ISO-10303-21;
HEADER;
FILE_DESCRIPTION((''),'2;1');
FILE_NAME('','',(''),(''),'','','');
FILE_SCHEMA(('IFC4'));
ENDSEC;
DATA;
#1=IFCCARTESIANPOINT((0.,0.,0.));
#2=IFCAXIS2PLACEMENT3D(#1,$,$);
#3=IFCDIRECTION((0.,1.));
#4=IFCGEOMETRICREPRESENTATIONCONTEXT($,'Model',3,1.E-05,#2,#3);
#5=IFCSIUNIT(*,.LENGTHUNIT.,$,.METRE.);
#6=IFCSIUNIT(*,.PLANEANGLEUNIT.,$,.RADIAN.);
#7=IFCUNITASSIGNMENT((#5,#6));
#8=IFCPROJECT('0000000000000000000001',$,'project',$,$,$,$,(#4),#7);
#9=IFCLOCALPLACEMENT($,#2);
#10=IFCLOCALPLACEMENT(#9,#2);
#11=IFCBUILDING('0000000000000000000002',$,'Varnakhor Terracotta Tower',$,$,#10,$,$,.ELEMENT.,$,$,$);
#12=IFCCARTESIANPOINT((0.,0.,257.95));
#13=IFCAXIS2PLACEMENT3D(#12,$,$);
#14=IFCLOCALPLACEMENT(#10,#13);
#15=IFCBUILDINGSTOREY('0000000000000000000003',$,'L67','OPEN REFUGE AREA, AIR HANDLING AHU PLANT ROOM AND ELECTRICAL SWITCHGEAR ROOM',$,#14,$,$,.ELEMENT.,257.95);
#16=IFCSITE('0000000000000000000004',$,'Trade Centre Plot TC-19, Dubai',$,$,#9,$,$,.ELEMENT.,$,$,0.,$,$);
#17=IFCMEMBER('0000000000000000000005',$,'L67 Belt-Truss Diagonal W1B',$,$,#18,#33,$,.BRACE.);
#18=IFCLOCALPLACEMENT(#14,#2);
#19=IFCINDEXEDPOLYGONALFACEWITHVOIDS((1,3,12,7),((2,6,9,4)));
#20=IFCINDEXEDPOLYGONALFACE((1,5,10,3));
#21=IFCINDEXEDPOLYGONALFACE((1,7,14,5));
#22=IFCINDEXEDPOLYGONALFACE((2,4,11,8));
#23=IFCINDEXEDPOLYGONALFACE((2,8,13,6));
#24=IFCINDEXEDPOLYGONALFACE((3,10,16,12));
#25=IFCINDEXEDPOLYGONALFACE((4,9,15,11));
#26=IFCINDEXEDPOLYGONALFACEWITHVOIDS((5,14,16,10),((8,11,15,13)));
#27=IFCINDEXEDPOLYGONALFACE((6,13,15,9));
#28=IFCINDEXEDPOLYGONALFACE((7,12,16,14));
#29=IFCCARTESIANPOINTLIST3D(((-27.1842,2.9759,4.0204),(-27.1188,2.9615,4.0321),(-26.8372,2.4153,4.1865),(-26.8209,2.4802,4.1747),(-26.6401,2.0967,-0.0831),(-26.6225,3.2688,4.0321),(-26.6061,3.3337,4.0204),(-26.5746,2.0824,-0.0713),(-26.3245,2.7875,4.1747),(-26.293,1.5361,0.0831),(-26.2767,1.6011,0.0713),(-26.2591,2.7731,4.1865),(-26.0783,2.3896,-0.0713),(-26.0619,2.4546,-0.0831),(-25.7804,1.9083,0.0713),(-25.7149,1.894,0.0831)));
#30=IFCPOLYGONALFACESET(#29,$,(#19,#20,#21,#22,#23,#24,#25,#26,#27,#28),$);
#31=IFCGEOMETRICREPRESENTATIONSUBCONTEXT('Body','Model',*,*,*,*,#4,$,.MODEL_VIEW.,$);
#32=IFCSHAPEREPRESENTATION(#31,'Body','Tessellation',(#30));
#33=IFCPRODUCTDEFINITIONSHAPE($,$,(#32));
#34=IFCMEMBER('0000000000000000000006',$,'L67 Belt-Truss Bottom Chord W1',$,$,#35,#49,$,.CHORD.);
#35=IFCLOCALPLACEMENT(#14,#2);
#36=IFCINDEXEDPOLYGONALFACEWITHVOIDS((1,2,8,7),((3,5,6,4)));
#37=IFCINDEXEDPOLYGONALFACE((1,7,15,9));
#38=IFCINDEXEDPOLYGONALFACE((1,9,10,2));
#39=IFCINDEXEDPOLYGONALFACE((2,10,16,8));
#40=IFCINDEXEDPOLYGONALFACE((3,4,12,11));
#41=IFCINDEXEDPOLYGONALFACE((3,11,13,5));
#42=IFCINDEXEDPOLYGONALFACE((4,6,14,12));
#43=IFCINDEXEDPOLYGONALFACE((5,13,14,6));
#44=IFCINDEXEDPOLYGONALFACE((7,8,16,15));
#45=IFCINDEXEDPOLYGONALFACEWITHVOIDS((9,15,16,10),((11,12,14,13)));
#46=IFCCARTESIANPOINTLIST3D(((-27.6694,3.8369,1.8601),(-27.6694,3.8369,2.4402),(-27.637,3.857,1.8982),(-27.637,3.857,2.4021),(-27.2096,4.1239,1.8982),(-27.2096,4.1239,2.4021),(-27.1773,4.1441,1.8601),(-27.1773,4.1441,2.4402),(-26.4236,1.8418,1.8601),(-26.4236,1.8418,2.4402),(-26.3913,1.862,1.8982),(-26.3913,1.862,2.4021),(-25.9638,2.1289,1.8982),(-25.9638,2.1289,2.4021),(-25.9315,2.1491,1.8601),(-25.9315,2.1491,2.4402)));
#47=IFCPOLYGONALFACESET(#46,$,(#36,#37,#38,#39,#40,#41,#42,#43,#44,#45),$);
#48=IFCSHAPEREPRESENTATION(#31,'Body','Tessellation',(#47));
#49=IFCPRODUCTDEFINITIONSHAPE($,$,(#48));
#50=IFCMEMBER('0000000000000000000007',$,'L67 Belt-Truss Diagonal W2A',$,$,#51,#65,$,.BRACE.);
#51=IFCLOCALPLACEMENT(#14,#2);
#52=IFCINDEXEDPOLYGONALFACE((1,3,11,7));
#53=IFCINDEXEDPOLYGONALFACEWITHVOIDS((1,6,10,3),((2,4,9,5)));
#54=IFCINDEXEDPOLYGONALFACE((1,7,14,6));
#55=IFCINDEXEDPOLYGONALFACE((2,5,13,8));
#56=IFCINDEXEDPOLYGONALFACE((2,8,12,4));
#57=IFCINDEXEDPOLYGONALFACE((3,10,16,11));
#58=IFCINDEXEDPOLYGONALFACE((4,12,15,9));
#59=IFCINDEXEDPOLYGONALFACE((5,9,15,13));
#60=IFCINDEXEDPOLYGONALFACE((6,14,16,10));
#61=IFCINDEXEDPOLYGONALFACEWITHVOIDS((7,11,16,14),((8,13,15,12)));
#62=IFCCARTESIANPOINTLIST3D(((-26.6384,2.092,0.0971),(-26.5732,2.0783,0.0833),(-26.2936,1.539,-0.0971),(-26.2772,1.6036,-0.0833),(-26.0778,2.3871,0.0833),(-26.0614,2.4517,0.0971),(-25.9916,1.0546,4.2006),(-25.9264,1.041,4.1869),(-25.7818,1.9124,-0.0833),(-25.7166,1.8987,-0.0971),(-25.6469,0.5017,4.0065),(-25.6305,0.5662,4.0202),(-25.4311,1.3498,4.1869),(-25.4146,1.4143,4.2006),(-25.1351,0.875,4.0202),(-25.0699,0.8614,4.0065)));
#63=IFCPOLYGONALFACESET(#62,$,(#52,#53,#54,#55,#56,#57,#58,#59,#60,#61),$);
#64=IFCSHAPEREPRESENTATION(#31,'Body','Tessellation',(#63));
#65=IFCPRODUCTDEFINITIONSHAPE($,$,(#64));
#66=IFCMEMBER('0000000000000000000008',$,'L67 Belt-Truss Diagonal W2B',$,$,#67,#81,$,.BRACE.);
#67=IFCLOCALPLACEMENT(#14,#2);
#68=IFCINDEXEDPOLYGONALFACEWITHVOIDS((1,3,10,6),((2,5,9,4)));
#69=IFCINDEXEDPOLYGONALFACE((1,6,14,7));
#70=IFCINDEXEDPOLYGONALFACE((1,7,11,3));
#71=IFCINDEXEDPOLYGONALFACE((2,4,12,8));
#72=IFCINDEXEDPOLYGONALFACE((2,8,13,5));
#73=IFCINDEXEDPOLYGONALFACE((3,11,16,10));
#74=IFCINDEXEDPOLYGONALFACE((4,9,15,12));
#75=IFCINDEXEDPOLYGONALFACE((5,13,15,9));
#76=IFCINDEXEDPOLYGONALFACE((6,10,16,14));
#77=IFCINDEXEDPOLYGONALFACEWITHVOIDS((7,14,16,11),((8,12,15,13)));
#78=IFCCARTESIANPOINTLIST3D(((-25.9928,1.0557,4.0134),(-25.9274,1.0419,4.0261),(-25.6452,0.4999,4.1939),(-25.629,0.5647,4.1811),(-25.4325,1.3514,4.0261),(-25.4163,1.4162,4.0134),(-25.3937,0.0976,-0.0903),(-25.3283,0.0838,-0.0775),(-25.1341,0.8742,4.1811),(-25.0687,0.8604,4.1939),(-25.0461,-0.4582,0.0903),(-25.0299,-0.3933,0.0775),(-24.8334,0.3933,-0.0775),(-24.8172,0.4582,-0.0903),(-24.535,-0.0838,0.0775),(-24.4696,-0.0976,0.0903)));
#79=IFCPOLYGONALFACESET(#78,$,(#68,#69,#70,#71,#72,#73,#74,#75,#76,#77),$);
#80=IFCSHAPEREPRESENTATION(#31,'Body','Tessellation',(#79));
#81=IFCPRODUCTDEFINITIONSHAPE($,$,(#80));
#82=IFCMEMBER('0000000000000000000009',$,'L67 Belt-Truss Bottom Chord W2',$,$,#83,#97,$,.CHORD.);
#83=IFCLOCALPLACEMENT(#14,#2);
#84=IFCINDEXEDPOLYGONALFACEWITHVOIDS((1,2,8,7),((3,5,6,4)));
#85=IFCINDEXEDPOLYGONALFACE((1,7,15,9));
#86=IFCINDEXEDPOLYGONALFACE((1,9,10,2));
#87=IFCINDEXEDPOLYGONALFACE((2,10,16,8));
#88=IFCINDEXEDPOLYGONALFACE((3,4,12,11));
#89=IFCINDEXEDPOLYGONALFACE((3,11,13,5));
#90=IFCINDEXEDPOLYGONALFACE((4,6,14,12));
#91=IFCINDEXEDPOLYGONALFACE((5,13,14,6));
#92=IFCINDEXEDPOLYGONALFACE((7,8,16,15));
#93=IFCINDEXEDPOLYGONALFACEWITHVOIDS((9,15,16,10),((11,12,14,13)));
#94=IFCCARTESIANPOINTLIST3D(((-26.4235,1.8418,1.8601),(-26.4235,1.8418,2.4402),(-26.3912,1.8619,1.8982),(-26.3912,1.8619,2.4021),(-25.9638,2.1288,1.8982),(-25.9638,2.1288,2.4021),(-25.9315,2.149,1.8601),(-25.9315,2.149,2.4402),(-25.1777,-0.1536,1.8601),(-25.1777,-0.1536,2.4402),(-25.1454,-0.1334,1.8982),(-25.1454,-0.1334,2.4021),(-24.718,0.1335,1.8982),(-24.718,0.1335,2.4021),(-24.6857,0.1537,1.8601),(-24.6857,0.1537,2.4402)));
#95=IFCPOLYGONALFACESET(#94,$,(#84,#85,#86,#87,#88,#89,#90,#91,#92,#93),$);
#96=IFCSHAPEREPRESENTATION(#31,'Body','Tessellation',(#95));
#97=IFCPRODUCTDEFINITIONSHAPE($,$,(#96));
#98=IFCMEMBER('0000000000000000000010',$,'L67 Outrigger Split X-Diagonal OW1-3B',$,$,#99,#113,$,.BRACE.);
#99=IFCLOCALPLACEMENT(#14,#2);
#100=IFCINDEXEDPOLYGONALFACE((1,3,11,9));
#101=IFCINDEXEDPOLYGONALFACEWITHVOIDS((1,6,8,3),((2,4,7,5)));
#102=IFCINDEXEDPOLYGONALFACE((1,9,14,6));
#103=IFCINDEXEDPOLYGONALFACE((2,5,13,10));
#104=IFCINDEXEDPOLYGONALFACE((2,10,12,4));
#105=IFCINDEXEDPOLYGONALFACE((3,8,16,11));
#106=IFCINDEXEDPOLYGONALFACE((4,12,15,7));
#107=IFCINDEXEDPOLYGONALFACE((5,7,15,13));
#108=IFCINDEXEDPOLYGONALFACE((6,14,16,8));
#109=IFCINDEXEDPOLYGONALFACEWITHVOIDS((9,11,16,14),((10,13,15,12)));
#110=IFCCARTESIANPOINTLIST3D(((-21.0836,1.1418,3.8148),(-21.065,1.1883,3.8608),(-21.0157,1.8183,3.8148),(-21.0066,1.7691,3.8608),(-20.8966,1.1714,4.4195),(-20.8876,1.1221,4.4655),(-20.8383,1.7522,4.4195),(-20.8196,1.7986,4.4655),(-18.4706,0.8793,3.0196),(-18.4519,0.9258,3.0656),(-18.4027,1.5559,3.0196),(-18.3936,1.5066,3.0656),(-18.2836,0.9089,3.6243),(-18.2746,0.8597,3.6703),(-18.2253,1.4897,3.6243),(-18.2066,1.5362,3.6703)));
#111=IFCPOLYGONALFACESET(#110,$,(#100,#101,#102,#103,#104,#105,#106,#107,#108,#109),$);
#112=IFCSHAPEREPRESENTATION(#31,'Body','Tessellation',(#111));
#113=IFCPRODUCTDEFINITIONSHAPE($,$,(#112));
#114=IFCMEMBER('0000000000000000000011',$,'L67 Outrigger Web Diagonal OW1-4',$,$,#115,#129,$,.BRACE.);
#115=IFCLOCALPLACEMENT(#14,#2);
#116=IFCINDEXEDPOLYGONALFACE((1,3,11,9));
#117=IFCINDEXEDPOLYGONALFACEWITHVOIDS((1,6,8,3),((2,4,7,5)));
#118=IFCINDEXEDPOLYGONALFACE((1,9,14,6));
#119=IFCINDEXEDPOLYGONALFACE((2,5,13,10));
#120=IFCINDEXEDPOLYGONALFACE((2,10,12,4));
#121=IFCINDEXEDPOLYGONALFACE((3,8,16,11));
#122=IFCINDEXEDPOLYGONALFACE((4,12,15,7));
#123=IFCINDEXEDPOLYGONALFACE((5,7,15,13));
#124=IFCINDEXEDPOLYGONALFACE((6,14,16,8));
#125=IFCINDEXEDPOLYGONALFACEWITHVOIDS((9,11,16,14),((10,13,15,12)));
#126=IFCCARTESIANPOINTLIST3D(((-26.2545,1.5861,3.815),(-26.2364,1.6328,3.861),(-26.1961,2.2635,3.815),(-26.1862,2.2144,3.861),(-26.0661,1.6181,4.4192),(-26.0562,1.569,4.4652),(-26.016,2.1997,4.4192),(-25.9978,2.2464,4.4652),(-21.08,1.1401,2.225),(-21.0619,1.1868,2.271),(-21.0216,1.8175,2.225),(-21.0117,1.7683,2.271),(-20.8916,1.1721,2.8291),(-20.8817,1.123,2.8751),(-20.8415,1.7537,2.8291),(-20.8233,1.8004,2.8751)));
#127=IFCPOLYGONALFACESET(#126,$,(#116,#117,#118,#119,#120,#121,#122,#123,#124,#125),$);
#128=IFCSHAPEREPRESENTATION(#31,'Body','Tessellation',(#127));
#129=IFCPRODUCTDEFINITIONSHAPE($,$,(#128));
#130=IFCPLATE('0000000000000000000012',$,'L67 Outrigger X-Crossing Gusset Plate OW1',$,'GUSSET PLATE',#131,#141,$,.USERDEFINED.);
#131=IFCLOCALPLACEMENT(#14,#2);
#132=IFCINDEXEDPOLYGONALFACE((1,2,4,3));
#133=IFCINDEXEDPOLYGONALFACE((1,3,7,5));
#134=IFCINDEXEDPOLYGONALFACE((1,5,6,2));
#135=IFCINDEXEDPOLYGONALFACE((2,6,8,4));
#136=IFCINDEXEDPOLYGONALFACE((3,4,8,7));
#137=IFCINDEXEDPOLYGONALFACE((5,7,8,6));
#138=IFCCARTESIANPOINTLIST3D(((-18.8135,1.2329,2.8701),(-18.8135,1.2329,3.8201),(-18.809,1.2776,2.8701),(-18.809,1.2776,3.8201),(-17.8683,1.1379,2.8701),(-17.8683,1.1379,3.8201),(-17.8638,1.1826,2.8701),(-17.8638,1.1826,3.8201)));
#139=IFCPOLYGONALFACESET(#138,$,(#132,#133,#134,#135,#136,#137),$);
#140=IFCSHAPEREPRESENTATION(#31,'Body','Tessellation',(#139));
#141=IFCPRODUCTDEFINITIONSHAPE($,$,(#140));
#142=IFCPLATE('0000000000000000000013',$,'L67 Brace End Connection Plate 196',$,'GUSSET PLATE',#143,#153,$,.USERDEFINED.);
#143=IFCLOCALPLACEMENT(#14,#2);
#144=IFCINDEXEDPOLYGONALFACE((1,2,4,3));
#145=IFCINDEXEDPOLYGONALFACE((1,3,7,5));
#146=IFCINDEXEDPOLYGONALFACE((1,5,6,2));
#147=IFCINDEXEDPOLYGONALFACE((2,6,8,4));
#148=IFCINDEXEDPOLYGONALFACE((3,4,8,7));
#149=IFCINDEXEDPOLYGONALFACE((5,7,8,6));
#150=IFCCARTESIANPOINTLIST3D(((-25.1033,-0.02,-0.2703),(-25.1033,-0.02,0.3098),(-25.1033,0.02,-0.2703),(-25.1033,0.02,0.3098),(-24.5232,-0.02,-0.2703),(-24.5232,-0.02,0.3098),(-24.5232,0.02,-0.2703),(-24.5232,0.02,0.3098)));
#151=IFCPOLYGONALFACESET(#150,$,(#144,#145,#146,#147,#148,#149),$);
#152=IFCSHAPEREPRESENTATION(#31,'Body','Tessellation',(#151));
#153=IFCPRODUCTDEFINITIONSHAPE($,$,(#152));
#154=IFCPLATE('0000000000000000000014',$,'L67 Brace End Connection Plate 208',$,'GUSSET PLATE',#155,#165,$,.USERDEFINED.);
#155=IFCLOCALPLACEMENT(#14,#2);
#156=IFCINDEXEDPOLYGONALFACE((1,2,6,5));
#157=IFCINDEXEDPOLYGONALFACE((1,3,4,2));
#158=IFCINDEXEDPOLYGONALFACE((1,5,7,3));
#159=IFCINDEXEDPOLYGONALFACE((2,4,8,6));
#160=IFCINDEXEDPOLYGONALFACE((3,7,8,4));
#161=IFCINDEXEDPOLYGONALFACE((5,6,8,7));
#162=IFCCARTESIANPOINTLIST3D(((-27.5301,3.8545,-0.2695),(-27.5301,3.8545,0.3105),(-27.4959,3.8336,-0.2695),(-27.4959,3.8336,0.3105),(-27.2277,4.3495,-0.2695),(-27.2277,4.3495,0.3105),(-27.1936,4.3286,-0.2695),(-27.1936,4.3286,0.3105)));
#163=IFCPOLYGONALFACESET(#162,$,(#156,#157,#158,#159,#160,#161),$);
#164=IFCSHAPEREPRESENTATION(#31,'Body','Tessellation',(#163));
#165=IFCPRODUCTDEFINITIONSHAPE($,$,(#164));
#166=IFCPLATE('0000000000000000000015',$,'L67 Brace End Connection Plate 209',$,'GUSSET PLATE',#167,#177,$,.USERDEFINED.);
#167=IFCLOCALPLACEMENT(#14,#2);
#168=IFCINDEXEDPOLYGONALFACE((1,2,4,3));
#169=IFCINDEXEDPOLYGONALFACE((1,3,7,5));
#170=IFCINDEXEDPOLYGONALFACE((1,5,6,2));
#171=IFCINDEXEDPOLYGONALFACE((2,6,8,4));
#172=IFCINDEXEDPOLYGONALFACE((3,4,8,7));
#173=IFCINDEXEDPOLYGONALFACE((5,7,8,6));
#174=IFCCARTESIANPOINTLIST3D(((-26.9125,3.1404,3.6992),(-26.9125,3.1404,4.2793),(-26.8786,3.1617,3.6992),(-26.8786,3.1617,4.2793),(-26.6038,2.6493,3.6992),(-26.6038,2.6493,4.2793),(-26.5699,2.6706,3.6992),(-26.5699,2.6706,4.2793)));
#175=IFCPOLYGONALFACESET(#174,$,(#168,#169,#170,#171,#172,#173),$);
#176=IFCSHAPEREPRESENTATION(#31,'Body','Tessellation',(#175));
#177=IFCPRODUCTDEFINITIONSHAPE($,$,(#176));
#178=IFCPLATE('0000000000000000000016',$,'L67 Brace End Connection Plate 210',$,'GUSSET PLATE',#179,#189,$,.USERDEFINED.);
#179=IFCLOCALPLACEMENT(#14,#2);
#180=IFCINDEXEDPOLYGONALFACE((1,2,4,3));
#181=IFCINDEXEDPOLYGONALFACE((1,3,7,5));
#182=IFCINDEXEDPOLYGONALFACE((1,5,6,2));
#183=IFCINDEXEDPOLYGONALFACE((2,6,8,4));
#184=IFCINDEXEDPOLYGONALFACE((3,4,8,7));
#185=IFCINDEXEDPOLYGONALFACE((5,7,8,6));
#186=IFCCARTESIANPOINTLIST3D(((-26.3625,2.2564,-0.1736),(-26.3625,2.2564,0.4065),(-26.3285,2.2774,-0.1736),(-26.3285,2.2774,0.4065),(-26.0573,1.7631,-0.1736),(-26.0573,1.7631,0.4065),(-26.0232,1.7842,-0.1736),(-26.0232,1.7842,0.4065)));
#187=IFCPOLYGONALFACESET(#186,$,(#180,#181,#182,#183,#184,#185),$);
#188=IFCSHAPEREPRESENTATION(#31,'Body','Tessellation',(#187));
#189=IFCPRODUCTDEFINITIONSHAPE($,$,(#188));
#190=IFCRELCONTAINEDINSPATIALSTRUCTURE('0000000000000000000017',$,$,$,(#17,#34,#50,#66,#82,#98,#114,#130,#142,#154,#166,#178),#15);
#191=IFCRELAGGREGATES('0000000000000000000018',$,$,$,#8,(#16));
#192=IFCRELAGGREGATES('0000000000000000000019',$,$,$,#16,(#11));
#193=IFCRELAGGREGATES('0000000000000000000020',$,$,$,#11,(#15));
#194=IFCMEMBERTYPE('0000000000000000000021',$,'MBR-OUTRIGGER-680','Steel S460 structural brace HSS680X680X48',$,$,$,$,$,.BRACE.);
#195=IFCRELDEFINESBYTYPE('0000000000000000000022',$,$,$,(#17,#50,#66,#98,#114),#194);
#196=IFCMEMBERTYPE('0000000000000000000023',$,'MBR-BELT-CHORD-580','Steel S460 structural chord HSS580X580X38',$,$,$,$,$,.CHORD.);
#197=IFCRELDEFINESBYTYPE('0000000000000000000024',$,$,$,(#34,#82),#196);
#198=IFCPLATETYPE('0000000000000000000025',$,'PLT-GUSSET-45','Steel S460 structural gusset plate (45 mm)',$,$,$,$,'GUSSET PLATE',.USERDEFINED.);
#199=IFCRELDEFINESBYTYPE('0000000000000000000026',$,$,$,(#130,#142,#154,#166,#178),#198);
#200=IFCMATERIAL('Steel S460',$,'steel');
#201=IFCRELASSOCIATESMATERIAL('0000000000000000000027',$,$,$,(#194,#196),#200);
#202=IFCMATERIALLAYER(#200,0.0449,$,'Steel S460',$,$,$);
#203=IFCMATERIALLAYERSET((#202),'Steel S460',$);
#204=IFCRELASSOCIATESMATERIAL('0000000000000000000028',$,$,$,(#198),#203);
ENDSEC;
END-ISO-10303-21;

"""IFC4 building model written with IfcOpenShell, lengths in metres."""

from ifc_helpers import new_model, si_unit, direction, frame, origin, origin_2d, place, context, subcontext, project, spatial, rectangle, hollow_rectangle, extrude, source, transform, mapped, material, layer, layer_set, material_profile, profile_set, type_object, type_shapes, element, save


model = new_model("IFC4")

# Units and contexts
model_context = context("Model", 3, precision=1e-05, world=origin(), true_north=direction((0.0, 1.0)))
body_context = subcontext(model_context, "Body", "Model", "MODEL_VIEW")
ifc_project = project(units=[si_unit("LENGTHUNIT", "METRE"), si_unit("PLANEANGLEUNIT", "RADIAN")], contexts=[model_context])

# Site, building, storey
site_placement = place(None, origin())
site = spatial("IfcSite", under=ifc_project, at=site_placement, Name="Trade Centre Plot TC-19, Dubai", CompositionType="ELEMENT", RefElevation=0.0)
building_placement = place(site_placement, origin())
building = spatial("IfcBuilding", under=site, at=building_placement, Name="Varnakhor Terracotta Tower", CompositionType="ELEMENT")
storey_placement = place(building_placement, frame((0.0, 0.0, 257.95)))
storey = spatial("IfcBuildingStorey", under=building, at=storey_placement, Name="L67", Description="OPEN REFUGE AREA, AIR HANDLING AHU PLANT ROOM AND ELECTRICAL SWITCHGEAR ROOM", CompositionType="ELEMENT", Elevation=257.95)

# Shared definitions
ifc_material_1 = material(Name="Steel S460", Category="steel")

# Members
ifc_material_profile_1 = material_profile(ifc_material_1, hollow_rectangle(XDim=0.6799, YDim=0.6799, WallThickness=0.0481, at=origin_2d()), Name="HSS680X680X48")
ifc_profile_set_1 = profile_set([ifc_material_profile_1], Name="Steel S460")
member_type_1 = type_object("IfcMemberType", Name="MBR-OUTRIGGER-680", Description="Steel S460 structural brace HSS680X680X48", PredefinedType="BRACE", material=ifc_profile_set_1)
ifc_material_profile_2 = material_profile(ifc_material_1, hollow_rectangle(XDim=0.5801, YDim=0.5801, WallThickness=0.0381, at=origin_2d()), Name="HSS580X580X38")
ifc_profile_set_2 = profile_set([ifc_material_profile_2], Name="Steel S460")
member_type_2 = type_object("IfcMemberType", Name="MBR-BELT-CHORD-580", Description="Steel S460 structural chord HSS580X580X38", PredefinedType="CHORD", material=ifc_profile_set_2)
shared_shape_1 = source(origin(), body_context, "Body", "SweptSolid", [
    extrude(hollow_rectangle(XDim=0.6799, YDim=0.6799, WallThickness=0.0481, at=origin_2d()), origin(), (0.0, 0.0, 1.0), 4.2317),
])
member_1_placement = place(storey_placement, frame((-26.1775, 1.9954, 0.0), z_axis=(-0.128596, 0.20775, 0.969692), x_axis=(-0.850285, -0.526322, 0.0)))
element("IfcMember", 1, at=member_1_placement, inside=storey, type_object=member_type_1, Name="L67 Belt-Truss Diagonal W1B", PredefinedType="BRACE", context=body_context, shape_type="MappedRepresentation", body=[
    mapped(shared_shape_1, transform((0.0, 0.0, 0.0), scale=1.0)),
])
shared_shape_2 = source(origin(), body_context, "Body", "SweptSolid", [
    extrude(hollow_rectangle(XDim=0.5801, YDim=0.5801, WallThickness=0.0381, at=origin_2d()), origin(), (0.0, 0.0, 1.0), 2.3521),
])
member_2_placement = place(storey_placement, frame((-27.4233, 3.9905, 2.1501), z_axis=(0.529663, -0.848208, 0.0), x_axis=(0.848208, 0.529663, 0.0)))
element("IfcMember", 2, at=member_2_placement, inside=storey, type_object=member_type_2, Name="L67 Belt-Truss Bottom Chord W1", PredefinedType="CHORD", context=body_context, shape_type="MappedRepresentation", body=[
    mapped(shared_shape_2, transform((0.0, 0.0, 0.0), scale=1.0)),
])
shared_shape_3 = source(origin(), body_context, "Body", "SweptSolid", [
    extrude(hollow_rectangle(XDim=0.6799, YDim=0.6799, WallThickness=0.0481, at=origin_2d()), origin(), (0.0, 0.0, 1.0), 4.2817),
])
member_3_placement = place(storey_placement, frame((-26.1775, 1.9954, 0.0), z_axis=(0.151044, -0.242274, 0.958378), x_axis=(0.848592, 0.529047, 0.0)))
element("IfcMember", 3, at=member_3_placement, inside=storey, type_object=member_type_1, Name="L67 Belt-Truss Diagonal W2A", PredefinedType="BRACE", context=body_context, shape_type="MappedRepresentation", body=[
    mapped(shared_shape_3, transform((0.0, 0.0, 0.0), scale=1.0)),
])
shared_shape_4 = source(origin(), body_context, "Body", "SweptSolid", [
    extrude(hollow_rectangle(XDim=0.6799, YDim=0.6799, WallThickness=0.0481, at=origin_2d()), origin(), (0.0, 0.0, 1.0), 4.2563),
])
member_4_placement = place(storey_placement, frame((-24.9316, 0.0, 0.0), z_axis=(-0.140763, 0.225083, 0.964118), x_axis=(-0.847853, -0.530232, 0.0)))
element("IfcMember", 4, at=member_4_placement, inside=storey, type_object=member_type_1, Name="L67 Belt-Truss Diagonal W2B", PredefinedType="BRACE", context=body_context, shape_type="MappedRepresentation", body=[
    mapped(shared_shape_4, transform((0.0, 0.0, 0.0), scale=1.0)),
])
shared_shape_5 = source(origin(), body_context, "Body", "SweptSolid", [
    extrude(hollow_rectangle(XDim=0.5801, YDim=0.5801, WallThickness=0.0381, at=origin_2d()), origin(), (0.0, 0.0, 1.0), 2.3523),
])
member_5_placement = place(storey_placement, frame((-26.1775, 1.9954, 2.1501), z_axis=(0.529616, -0.848237, 0.0), x_axis=(0.848237, 0.529616, 0.0)))
element("IfcMember", 5, at=member_5_placement, inside=storey, type_object=member_type_2, Name="L67 Belt-Truss Bottom Chord W2", PredefinedType="CHORD", context=body_context, shape_type="MappedRepresentation", body=[
    mapped(shared_shape_5, transform((0.0, 0.0, 0.0), scale=1.0)),
])
shared_shape_6 = source(origin(), body_context, "Body", "SweptSolid", [
    extrude(hollow_rectangle(XDim=0.6799, YDim=0.6799, WallThickness=0.0481, at=origin_2d()), origin(), (0.0, 0.0, 1.0), 2.7439),
])
member_6_placement = place(storey_placement, frame((-18.3386, 1.2078, 3.345), z_axis=(-0.952299, 0.095648, 0.289791), x_axis=(-0.099936, -0.994994, 0.0)))
element("IfcMember", 6, at=member_6_placement, inside=storey, type_object=member_type_1, Name="L67 Outrigger Split X-Diagonal OW1-3B", PredefinedType="BRACE", context=body_context, shape_type="MappedRepresentation", body=[
    mapped(shared_shape_6, transform((0.0, 0.0, 0.0), scale=1.0)),
])
shared_shape_7 = source(origin(), body_context, "Body", "SweptSolid", [
    extrude(hollow_rectangle(XDim=0.6799, YDim=0.6799, WallThickness=0.0481, at=origin_2d()), origin(), (0.0, 0.0, 1.0), 5.4316),
])
member_7_placement = place(storey_placement, frame((-20.9517, 1.4702, 2.55), z_axis=(-0.952659, 0.082119, 0.292742), x_axis=(-0.085881, -0.996305, 0.0)))
element("IfcMember", 7, at=member_7_placement, inside=storey, type_object=member_type_1, Name="L67 Outrigger Web Diagonal OW1-4", PredefinedType="BRACE", context=body_context, shape_type="MappedRepresentation", body=[
    mapped(shared_shape_7, transform((0.0, 0.0, 0.0), scale=1.0)),
])

# Plates
ifc_layer = layer(ifc_material_1, 0.0449, Name="Steel S460")
ifc_layer_set = layer_set([ifc_layer], Name="Steel S460")
plate_type = type_object("IfcPlateType", Name="PLT-GUSSET-45", Description="Steel S460 structural gusset plate (45 mm)", ElementType="GUSSET PLATE", PredefinedType="USERDEFINED", material=ifc_layer_set)
shared_shape_8 = source(origin(), body_context, "Body", "SweptSolid", [
    extrude(rectangle(XDim=0.95, YDim=0.0449, at=origin_2d()), origin(), (0.0, 0.0, 1.0), 0.95),
])
type_shapes(plate_type, [shared_shape_8])
plate_placement = place(storey_placement, frame((-18.3386, 1.2078, 2.8701), z_axis=(0.0, 0.0, 1.0), x_axis=(-0.994989, 0.09998, 0.0)))
element("IfcPlate", 8, at=plate_placement, inside=storey, type_object=plate_type, Name="L67 Outrigger X-Crossing Gusset Plate OW1", ObjectType="GUSSET PLATE", PredefinedType="USERDEFINED", context=body_context, shape_type="MappedRepresentation", body=[
    mapped(shared_shape_8, transform((0.0, 0.0, 0.0), scale=1.0)),
])
shared_shape_9 = source(origin(), body_context, "Body", "SweptSolid", [
    extrude(rectangle(XDim=0.5801, YDim=0.04, at=origin_2d()), origin(), (0.0, 0.0, 1.0), 0.5801),
])
for number, where, z_axis, x_axis, name in (
    (9, (-24.8132, 0.0, -0.2703), (0.0, 0.0, 1.0), (1.0, 0.0, 0.0), "L67 Brace End Connection Plate 196"),
    (10, (-27.3618, 4.0916, -0.2695), (0.0, 0.0, 1.0), (0.521203, 0.853433, 0.0), "L67 Brace End Connection Plate 208"),
    (11, (-26.7412, 2.9055, 3.6992), (0.0, 0.0, 1.0), (0.532256, -0.846584, 0.0), "L67 Brace End Connection Plate 209"),
    (12, (-26.1929, 2.0203, -0.1736), (0.0, 0.0, 1.0), (-0.526244, 0.850334, 0.0), "L67 Brace End Connection Plate 210"),
):
    element("IfcPlate", number, at=place(storey_placement, frame(where, z_axis=z_axis, x_axis=x_axis)), inside=storey, type_object=plate_type, Name=name, ObjectType="GUSSET PLATE", PredefinedType="USERDEFINED", context=body_context, shape_type="MappedRepresentation", body=[
        mapped(shared_shape_9, transform((0.0, 0.0, 0.0), scale=1.0)),
    ])

save(model, "model.ifc")
